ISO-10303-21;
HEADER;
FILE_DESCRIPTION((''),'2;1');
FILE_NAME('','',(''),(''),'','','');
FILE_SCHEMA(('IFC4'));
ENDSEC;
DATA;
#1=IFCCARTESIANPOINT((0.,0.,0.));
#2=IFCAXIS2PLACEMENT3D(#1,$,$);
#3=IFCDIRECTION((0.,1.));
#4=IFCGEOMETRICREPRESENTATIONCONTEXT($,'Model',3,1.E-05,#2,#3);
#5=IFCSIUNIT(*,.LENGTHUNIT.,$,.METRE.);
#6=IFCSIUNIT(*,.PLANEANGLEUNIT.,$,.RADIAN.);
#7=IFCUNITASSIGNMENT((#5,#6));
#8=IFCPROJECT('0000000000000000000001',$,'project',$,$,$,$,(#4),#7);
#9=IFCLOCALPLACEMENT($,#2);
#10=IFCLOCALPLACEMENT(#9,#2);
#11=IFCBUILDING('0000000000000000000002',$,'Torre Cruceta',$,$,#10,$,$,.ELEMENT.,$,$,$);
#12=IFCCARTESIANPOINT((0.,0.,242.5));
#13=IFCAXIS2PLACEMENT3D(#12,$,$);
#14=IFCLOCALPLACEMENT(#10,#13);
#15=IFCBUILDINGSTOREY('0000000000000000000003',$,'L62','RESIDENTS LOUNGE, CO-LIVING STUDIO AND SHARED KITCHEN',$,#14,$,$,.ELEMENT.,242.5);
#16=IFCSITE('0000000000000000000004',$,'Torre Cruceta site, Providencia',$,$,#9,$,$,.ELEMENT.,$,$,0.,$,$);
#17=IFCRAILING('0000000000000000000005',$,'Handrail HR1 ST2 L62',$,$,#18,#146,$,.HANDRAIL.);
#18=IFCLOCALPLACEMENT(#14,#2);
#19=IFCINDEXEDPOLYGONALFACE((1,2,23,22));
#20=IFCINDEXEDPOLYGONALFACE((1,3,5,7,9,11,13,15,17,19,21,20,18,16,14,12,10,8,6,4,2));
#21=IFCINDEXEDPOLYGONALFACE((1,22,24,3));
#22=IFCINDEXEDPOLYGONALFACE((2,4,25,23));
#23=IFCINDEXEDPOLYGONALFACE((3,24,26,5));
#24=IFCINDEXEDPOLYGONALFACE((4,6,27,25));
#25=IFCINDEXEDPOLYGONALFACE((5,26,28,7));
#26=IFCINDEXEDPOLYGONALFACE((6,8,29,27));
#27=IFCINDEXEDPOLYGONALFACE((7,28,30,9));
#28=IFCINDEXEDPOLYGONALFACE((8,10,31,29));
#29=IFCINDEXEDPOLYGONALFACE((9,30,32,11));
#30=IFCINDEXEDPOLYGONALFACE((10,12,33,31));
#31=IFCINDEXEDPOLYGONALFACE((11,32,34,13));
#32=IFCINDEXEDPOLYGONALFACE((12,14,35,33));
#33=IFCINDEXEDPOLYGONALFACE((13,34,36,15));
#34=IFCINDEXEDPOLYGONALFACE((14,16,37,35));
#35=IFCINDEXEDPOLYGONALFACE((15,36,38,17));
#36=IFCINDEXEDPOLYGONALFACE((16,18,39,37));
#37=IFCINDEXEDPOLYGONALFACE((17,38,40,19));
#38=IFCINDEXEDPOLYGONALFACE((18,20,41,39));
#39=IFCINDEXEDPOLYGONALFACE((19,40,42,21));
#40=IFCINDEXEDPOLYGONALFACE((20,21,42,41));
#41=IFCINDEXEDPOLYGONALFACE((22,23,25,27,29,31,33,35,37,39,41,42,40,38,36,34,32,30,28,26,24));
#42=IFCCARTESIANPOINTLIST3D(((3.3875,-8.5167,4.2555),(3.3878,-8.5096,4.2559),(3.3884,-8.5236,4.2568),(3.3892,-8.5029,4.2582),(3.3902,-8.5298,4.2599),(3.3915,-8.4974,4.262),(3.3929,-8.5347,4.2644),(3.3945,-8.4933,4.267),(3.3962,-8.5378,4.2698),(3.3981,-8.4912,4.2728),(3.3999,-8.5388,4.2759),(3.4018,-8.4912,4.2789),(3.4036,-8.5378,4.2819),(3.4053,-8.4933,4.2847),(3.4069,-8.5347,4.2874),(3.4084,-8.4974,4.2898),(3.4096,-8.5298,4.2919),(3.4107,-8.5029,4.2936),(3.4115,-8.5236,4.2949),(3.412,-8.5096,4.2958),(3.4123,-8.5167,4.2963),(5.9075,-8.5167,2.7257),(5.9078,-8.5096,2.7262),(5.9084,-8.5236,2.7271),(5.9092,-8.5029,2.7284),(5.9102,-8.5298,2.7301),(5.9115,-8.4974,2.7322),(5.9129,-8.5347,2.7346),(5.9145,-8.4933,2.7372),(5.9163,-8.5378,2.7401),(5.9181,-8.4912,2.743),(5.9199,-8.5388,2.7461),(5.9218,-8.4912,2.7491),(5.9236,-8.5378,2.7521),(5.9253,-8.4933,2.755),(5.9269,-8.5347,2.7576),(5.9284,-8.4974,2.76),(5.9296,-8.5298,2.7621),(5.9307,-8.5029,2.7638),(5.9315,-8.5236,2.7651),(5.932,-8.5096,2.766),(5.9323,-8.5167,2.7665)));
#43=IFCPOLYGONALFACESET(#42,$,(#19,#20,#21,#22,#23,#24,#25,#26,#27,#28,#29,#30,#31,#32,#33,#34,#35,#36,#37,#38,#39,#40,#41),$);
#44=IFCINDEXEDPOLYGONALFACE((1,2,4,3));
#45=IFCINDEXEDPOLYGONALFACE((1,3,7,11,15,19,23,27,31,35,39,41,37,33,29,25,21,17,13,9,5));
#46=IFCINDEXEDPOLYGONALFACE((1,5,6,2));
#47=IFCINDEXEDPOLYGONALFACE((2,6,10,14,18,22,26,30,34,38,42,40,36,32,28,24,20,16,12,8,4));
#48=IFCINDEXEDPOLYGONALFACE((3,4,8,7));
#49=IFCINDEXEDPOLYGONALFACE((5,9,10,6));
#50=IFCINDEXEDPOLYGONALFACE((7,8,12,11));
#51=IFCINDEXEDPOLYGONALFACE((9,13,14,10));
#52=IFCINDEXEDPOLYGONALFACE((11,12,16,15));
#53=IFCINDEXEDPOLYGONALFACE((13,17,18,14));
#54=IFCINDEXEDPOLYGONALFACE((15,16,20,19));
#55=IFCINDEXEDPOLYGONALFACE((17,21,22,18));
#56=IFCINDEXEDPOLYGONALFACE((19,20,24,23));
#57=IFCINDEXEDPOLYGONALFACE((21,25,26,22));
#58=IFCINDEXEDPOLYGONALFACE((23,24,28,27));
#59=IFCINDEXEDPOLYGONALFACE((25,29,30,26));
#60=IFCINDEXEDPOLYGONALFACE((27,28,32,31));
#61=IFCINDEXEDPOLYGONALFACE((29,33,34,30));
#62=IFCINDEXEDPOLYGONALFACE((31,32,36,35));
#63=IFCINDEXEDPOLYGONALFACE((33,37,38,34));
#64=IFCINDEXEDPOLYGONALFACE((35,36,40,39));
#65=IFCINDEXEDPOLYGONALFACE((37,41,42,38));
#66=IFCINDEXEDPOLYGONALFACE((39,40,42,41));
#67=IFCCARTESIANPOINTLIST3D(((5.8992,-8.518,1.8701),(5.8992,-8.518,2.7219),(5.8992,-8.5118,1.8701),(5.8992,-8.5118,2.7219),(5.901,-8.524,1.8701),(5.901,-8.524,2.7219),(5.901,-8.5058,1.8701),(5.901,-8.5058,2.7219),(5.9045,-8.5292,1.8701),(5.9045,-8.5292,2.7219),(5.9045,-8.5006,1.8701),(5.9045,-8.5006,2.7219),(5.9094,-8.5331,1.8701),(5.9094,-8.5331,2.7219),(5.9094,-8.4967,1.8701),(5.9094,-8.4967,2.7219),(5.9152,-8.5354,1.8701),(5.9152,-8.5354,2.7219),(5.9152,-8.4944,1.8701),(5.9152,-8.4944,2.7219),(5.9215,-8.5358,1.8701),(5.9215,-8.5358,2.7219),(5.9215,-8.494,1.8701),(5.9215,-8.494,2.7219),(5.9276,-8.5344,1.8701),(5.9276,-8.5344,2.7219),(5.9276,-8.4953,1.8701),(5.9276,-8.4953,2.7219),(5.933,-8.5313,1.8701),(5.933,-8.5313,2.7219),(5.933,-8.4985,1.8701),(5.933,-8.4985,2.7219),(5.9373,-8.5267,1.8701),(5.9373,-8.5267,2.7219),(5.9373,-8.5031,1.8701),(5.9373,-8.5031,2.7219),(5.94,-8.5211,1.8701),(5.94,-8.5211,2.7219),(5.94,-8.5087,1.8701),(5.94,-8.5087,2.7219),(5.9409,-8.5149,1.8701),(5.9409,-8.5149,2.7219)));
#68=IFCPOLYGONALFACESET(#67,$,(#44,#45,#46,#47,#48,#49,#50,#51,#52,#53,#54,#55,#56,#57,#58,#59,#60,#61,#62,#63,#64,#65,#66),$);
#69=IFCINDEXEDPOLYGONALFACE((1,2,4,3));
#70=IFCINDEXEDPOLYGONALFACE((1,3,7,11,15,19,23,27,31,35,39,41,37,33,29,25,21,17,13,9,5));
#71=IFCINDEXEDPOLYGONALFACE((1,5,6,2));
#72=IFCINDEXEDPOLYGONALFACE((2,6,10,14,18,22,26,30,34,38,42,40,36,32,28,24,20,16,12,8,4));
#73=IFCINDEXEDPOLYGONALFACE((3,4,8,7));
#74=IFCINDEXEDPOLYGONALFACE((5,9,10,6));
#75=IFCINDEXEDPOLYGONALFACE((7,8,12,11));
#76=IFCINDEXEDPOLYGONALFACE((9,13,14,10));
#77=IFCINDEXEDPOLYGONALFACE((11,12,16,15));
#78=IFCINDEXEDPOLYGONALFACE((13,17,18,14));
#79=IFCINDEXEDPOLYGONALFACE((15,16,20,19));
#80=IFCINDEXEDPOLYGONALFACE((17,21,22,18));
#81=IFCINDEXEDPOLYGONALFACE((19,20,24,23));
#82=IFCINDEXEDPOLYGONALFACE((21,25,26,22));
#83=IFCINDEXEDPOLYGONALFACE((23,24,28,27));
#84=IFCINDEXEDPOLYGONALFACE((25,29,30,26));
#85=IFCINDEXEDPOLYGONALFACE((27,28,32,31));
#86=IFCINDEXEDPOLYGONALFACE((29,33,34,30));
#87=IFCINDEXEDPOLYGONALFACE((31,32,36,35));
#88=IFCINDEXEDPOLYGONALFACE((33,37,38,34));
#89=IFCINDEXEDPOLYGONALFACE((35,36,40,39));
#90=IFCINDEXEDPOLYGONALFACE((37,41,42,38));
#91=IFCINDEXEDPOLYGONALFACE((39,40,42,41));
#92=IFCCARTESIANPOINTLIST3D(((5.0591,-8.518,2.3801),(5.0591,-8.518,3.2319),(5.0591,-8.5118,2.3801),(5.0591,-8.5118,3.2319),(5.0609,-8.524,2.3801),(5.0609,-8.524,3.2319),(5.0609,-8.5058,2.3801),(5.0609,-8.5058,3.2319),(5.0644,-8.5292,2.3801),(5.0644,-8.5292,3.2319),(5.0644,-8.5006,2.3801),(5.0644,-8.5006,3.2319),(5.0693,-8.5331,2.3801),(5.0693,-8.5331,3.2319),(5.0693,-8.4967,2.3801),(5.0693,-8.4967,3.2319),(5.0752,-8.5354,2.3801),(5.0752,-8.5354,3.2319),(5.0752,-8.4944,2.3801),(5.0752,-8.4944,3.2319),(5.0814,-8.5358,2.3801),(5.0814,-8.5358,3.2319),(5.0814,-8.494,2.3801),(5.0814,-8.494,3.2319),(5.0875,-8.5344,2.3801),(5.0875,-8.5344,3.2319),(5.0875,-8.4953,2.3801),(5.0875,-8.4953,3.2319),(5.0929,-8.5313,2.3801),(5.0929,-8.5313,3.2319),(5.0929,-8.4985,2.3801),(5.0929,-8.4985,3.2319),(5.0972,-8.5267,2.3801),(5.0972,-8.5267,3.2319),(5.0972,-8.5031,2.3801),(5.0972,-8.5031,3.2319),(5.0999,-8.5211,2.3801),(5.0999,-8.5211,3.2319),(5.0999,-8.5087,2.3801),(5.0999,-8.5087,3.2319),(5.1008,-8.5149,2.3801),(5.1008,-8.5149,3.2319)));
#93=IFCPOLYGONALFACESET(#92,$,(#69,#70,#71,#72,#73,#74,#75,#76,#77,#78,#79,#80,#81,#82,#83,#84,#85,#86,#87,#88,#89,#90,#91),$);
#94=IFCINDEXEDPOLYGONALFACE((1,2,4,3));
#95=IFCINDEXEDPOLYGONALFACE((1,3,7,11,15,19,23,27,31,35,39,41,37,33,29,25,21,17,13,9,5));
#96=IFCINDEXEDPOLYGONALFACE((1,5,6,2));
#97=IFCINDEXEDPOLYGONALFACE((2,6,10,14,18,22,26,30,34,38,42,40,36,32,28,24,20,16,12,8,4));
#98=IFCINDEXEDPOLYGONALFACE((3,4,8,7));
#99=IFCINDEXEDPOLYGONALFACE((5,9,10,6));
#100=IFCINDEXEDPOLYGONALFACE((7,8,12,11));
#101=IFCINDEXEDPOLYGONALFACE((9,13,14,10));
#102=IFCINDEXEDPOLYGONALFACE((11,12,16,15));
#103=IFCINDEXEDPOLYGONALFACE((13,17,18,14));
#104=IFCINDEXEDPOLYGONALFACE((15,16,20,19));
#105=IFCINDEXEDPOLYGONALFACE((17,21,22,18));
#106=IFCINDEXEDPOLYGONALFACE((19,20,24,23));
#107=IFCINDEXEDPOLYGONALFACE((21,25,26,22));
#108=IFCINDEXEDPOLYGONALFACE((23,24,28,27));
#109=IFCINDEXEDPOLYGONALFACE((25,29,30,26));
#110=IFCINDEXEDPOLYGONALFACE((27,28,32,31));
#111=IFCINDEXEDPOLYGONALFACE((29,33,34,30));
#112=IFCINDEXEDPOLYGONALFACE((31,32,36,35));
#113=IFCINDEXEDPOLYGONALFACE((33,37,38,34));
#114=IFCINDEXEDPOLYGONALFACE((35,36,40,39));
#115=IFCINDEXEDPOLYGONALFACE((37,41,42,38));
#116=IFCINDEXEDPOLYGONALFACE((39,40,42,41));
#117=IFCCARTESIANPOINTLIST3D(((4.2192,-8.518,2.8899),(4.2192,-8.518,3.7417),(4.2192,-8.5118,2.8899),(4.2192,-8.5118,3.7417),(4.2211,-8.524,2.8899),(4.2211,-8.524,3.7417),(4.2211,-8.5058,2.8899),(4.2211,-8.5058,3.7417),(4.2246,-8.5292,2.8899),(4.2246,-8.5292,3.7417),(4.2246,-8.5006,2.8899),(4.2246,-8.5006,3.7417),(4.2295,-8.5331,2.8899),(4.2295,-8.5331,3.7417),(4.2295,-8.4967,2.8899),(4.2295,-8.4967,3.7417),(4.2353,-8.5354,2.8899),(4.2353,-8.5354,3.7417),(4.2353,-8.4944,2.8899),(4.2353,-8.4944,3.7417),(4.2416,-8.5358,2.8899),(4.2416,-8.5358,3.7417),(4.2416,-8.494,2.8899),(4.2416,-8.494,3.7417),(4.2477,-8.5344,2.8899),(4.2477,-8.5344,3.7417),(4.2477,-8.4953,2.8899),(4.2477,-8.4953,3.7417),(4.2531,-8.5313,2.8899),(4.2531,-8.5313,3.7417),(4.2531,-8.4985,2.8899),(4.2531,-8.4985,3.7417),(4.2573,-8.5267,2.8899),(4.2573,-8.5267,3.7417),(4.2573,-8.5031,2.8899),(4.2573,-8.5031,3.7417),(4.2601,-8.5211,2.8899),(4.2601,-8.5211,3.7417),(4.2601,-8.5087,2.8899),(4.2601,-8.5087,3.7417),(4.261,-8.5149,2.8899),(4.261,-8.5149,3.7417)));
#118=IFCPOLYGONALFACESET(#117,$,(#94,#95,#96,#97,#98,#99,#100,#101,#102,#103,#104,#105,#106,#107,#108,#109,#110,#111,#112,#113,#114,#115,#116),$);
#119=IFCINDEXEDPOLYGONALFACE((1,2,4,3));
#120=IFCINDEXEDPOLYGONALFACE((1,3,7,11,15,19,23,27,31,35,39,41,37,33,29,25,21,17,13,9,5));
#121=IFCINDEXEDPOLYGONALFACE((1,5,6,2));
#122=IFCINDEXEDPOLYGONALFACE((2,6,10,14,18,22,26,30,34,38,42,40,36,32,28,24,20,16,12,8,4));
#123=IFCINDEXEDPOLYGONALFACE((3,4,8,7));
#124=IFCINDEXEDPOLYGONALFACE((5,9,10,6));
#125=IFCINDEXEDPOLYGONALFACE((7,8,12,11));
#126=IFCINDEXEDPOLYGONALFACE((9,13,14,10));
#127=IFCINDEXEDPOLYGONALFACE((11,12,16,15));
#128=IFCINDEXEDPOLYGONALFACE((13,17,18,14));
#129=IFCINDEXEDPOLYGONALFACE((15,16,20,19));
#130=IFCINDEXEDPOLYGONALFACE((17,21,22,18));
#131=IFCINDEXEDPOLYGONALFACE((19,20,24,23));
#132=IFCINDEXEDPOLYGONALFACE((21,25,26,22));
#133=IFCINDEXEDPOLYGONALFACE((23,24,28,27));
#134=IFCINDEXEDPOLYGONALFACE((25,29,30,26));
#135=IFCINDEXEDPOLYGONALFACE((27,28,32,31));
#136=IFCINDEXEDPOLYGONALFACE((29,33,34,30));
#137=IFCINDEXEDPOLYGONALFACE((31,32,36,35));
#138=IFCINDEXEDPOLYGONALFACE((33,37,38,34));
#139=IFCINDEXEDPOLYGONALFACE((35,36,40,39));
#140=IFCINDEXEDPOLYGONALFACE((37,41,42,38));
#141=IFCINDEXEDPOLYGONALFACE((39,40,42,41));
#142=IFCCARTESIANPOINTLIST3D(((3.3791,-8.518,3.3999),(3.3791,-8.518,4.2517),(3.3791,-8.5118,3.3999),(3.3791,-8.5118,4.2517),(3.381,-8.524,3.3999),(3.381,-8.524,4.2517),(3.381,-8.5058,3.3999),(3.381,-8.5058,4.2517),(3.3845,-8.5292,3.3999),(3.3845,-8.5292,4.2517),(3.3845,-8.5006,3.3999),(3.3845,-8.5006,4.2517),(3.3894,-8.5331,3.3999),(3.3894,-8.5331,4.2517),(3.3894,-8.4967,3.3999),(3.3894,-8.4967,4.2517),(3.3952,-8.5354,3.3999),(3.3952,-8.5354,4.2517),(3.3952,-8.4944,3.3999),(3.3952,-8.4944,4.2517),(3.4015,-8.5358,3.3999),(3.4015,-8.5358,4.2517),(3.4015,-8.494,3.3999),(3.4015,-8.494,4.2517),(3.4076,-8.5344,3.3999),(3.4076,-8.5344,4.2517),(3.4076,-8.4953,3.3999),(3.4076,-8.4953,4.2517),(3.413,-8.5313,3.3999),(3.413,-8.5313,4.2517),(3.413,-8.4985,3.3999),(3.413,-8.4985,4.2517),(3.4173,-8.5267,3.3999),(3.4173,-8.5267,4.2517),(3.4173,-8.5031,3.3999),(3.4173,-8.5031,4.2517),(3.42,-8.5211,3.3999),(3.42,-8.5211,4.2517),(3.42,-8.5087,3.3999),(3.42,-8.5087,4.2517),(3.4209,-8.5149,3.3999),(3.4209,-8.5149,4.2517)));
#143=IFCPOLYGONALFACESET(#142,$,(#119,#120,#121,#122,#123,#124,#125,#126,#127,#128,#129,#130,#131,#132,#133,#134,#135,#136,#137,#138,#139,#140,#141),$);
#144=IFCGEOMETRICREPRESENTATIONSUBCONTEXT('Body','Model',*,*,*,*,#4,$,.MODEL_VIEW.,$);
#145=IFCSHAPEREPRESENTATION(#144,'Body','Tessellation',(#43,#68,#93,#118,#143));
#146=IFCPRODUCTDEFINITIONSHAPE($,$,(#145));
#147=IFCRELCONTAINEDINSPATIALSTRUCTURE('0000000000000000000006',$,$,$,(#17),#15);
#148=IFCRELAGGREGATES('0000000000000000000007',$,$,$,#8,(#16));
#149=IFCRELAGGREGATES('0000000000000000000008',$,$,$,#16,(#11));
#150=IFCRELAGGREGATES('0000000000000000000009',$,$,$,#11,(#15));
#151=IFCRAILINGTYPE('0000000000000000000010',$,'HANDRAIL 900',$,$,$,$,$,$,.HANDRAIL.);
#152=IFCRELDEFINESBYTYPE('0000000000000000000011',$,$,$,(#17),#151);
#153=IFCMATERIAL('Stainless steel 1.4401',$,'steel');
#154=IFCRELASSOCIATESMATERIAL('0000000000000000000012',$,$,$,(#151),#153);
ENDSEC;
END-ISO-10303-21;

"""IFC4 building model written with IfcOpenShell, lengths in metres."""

from ifc_helpers import new_model, si_unit, direction, frame, origin, origin_2d, place, context, subcontext, project, spatial, circle, extrude, material, type_object, element, save


model = new_model("IFC4")

# Units and contexts
model_context = context("Model", 3, precision=1e-05, world=origin(), true_north=direction((0.0, 1.0)))
body_context = subcontext(model_context, "Body", "Model", "MODEL_VIEW")
ifc_project = project(units=[si_unit("LENGTHUNIT", "METRE"), si_unit("PLANEANGLEUNIT", "RADIAN")], contexts=[model_context])

# Site, building, storey
site_placement = place(None, origin())
site = spatial("IfcSite", under=ifc_project, at=site_placement, Name="Torre Cruceta site, Providencia", CompositionType="ELEMENT", RefElevation=0.0)
building_placement = place(site_placement, origin())
building = spatial("IfcBuilding", under=site, at=building_placement, Name="Torre Cruceta", CompositionType="ELEMENT")
storey_placement = place(building_placement, frame((0.0, 0.0, 242.5)))
storey = spatial("IfcBuildingStorey", under=building, at=storey_placement, Name="L62", Description="RESIDENTS LOUNGE, CO-LIVING STUDIO AND SHARED KITCHEN", CompositionType="ELEMENT", Elevation=242.5)

# Railing
ifc_material_1 = material(Name="Stainless steel 1.4401", Category="steel")
railing_type = type_object("IfcRailingType", Name="HANDRAIL 900", PredefinedType="HANDRAIL", material=ifc_material_1)
railing_placement = place(storey_placement, frame((5.9199, -8.5149, 1.8701)))
element("IfcRailing", 1, at=railing_placement, inside=storey, type_object=railing_type, Name="Handrail HR1 ST2 L62", PredefinedType="HANDRAIL", context=body_context, shape_type="SweptSolid", body=[
    extrude(circle(Radius=0.0239, at=origin_2d()), frame((0.0, 0.0, 0.876), z_axis=(-0.854822, 0.0, 0.518922), x_axis=(0.0, -1.0, 0.0)), (0.0, 0.0, 1.0), 2.948),
    extrude(circle(Radius=0.021, at=origin_2d()), origin(), (0.0, 0.0, 1.0), 0.8518),
    extrude(circle(Radius=0.021, at=origin_2d()), frame((-0.8401, 0.0, 0.51)), (0.0, 0.0, 1.0), 0.8518),
    extrude(circle(Radius=0.021, at=origin_2d()), frame((-1.6799, 0.0, 1.0198)), (0.0, 0.0, 1.0), 0.8518),
    extrude(circle(Radius=0.021, at=origin_2d()), frame((-2.52, 0.0, 1.5298)), (0.0, 0.0, 1.0), 0.8518),
])

save(model, "model.ifc")
